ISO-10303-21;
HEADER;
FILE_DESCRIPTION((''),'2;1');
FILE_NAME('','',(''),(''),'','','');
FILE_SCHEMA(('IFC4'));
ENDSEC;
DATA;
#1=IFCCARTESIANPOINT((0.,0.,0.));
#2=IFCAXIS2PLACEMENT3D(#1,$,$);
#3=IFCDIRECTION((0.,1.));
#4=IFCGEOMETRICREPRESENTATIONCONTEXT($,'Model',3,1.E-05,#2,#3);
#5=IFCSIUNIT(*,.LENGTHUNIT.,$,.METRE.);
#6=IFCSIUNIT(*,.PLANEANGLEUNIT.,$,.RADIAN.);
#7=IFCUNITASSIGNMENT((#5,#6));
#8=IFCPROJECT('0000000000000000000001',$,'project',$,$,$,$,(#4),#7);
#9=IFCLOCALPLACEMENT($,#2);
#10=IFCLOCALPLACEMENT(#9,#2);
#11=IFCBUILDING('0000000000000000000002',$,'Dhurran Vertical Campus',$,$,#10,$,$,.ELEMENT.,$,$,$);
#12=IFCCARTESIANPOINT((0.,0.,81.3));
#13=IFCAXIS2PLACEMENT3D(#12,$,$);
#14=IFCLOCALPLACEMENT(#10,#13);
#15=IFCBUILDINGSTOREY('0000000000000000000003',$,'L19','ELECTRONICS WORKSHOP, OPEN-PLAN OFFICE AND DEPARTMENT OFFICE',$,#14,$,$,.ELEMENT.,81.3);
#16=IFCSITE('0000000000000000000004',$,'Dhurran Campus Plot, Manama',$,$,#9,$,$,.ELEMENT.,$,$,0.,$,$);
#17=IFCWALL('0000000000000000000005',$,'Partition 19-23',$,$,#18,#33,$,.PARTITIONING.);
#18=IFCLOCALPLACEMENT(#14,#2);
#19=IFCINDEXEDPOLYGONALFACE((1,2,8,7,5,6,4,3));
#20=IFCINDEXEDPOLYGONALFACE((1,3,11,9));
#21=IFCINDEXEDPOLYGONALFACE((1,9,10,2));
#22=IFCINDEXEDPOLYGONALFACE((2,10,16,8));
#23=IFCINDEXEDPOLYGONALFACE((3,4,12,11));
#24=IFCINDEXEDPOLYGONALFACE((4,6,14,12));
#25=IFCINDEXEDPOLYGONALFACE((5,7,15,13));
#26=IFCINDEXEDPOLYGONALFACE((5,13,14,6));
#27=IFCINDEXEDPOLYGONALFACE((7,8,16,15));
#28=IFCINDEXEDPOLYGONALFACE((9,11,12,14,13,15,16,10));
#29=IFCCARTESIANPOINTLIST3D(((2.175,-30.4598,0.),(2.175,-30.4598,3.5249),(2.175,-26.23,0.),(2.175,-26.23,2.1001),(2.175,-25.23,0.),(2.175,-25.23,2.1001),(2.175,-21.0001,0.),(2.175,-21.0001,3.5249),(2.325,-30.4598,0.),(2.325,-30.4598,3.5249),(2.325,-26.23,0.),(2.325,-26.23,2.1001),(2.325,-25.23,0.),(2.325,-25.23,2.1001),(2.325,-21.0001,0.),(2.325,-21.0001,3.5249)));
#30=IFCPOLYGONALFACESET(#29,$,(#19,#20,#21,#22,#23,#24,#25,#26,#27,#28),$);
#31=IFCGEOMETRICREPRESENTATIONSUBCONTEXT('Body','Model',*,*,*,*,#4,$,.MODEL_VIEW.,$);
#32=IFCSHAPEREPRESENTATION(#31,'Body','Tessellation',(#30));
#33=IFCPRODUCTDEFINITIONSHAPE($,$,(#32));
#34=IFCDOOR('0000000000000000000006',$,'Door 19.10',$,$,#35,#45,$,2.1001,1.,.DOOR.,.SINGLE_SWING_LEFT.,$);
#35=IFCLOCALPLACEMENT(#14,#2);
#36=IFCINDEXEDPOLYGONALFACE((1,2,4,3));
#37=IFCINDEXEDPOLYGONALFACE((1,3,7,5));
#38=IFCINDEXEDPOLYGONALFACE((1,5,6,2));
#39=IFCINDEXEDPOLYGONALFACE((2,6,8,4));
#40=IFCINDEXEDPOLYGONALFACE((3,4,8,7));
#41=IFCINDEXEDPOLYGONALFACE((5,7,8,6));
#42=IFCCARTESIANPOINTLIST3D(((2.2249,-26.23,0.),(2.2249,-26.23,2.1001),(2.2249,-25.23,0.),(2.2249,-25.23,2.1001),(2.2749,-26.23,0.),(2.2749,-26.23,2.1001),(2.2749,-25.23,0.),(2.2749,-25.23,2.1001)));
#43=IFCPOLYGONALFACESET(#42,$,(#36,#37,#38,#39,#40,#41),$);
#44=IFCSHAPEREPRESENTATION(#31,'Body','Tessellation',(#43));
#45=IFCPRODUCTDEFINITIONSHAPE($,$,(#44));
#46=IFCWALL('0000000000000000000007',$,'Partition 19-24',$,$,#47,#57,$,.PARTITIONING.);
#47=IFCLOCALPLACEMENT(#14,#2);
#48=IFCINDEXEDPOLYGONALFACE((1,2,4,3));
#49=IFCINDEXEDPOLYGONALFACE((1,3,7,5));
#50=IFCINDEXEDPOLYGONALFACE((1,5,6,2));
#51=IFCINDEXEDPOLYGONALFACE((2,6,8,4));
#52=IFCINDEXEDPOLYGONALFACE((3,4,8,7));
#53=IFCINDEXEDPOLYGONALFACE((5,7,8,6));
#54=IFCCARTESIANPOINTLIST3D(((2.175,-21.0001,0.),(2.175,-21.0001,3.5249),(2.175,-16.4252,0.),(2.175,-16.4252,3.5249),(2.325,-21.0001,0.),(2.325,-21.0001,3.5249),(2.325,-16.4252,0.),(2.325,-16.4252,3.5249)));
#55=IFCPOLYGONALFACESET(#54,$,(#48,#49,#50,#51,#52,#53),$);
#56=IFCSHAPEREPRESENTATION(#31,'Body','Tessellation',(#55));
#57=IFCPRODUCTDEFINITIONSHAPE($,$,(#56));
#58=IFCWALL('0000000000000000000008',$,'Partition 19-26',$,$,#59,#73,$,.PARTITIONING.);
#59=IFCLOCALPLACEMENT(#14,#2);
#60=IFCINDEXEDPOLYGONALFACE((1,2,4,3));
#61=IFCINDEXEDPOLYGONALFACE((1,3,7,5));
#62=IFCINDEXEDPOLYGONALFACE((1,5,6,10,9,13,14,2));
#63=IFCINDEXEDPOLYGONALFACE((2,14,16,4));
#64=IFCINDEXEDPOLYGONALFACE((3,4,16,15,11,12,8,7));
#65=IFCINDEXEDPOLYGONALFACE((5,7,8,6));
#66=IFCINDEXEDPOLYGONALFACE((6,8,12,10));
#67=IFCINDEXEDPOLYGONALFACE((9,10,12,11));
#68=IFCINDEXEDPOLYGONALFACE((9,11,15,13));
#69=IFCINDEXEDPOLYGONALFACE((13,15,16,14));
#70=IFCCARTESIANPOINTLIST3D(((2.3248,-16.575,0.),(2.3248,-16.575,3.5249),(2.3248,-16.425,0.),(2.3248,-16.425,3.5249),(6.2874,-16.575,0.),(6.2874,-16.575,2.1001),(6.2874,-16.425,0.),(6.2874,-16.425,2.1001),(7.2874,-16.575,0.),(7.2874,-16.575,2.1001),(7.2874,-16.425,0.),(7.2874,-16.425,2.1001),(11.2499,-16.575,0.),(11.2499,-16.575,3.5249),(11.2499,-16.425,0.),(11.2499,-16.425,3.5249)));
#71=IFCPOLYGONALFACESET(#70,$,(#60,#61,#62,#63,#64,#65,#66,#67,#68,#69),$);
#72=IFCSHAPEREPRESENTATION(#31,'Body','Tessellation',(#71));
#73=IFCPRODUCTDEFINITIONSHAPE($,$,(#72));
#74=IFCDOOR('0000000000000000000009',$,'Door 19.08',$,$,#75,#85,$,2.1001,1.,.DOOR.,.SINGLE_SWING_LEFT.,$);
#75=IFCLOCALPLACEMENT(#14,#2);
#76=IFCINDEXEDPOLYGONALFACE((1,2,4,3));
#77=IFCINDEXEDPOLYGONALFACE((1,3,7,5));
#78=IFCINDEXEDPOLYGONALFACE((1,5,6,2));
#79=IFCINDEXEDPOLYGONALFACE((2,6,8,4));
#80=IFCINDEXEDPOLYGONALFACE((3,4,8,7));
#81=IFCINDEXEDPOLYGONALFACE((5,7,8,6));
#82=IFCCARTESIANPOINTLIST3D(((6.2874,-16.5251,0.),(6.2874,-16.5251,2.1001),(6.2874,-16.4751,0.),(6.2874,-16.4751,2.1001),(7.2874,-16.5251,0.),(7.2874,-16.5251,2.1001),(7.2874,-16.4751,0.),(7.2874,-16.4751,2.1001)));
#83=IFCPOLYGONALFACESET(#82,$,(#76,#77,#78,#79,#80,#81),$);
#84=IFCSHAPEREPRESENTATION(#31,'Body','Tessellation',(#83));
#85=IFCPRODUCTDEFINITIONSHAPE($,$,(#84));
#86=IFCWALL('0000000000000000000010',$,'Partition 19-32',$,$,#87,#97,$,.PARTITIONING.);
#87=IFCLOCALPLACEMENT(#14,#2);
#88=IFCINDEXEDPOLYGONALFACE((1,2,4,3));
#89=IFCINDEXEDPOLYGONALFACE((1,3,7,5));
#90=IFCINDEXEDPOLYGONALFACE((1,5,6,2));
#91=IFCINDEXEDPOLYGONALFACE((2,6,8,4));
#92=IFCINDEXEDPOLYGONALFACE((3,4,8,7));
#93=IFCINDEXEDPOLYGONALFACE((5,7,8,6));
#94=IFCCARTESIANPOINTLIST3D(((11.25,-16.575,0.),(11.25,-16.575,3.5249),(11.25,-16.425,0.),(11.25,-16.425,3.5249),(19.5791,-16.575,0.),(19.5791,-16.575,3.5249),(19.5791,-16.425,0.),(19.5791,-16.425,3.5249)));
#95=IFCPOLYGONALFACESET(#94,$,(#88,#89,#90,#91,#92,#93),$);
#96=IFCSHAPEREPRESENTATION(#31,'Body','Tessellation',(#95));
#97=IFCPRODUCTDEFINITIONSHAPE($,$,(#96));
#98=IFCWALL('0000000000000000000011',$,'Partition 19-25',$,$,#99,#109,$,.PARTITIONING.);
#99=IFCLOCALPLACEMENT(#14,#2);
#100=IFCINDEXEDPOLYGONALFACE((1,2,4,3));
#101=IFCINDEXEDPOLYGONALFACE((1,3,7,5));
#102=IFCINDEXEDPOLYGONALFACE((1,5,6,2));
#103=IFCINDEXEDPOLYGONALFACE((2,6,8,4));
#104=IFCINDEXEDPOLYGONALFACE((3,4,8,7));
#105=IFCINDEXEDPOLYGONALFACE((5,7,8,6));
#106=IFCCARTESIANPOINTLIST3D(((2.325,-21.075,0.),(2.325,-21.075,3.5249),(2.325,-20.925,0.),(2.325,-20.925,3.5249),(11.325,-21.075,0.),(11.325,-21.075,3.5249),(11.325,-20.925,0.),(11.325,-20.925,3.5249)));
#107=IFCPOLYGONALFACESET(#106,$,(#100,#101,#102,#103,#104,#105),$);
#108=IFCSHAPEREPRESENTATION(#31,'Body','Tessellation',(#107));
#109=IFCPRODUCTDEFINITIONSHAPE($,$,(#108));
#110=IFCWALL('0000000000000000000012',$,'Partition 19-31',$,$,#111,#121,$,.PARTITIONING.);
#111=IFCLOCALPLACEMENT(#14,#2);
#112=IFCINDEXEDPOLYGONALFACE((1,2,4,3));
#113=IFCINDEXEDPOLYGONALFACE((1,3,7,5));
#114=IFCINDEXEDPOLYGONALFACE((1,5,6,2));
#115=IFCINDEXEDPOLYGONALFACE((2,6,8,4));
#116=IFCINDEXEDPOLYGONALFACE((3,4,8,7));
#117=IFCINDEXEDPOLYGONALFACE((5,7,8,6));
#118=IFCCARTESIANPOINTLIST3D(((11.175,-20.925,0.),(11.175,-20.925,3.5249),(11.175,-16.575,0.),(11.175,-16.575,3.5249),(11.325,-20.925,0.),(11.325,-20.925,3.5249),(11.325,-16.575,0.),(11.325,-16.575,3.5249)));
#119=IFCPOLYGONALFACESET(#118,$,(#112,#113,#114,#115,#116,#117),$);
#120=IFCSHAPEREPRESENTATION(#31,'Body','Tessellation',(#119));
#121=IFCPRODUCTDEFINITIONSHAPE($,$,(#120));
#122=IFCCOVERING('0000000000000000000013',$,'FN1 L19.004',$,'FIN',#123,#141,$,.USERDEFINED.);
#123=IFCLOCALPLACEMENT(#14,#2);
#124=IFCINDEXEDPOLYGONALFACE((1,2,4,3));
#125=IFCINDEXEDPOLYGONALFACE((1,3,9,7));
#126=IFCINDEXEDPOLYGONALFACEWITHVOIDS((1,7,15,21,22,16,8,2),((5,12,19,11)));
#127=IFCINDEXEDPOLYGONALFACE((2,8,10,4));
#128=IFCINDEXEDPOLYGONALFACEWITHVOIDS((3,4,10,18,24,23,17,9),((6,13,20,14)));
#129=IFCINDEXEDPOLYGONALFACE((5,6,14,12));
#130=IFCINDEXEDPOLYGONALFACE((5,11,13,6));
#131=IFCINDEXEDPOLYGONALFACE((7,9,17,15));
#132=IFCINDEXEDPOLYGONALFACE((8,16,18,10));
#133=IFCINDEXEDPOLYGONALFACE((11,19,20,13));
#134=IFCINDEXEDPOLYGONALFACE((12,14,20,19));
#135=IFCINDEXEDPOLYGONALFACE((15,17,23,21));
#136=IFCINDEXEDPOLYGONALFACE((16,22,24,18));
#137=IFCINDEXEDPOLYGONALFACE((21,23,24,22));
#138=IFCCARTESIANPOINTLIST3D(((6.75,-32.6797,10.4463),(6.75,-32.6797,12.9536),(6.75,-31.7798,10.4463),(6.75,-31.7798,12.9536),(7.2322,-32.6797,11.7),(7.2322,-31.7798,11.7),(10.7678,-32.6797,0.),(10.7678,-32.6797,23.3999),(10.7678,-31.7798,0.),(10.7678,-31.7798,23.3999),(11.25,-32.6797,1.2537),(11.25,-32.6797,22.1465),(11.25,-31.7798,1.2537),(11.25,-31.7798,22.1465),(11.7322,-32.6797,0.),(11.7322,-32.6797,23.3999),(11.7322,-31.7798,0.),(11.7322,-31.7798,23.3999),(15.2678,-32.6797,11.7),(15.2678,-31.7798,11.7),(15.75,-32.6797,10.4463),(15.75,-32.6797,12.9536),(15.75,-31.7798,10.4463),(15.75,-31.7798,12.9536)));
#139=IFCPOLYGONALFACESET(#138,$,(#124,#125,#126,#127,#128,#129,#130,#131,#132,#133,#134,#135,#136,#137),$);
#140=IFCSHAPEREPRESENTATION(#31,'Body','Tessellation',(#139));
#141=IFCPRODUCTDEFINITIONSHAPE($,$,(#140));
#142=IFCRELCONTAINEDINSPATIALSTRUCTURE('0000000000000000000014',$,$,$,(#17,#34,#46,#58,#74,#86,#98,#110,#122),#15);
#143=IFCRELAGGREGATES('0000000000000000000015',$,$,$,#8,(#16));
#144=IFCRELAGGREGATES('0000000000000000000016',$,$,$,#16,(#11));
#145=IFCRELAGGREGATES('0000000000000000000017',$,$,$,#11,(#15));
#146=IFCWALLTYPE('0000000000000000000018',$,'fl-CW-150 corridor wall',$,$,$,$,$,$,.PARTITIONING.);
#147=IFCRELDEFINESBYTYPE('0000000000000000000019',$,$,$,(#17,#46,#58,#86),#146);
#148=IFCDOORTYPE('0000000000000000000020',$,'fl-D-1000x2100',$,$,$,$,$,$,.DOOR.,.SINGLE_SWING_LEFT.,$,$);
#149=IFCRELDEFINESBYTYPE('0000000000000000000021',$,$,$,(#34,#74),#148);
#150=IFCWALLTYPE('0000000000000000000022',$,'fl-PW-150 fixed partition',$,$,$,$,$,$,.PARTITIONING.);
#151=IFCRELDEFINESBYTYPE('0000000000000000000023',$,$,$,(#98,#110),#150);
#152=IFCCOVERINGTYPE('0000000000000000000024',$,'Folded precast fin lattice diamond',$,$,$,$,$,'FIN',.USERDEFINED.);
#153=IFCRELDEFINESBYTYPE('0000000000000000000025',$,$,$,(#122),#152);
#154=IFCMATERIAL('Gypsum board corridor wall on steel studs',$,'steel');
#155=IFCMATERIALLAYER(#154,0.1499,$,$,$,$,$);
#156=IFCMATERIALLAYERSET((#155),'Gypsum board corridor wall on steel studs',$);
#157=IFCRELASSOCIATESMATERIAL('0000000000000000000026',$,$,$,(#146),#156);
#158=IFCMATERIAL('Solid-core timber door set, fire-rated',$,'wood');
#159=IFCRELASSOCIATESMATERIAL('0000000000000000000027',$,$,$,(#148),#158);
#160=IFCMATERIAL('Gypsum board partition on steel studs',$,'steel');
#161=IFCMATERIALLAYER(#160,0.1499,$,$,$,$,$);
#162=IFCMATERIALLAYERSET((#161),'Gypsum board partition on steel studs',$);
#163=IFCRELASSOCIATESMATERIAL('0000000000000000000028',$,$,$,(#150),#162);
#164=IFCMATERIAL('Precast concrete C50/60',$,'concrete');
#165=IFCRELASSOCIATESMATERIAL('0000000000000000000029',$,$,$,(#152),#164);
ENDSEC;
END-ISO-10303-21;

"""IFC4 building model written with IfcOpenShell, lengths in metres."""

from ifc_helpers import new_model, si_unit, direction, frame, frame_2d, origin, place, context, subcontext, project, spatial, polyline, rectangle, outline, extrude, material, layer, layer_set, type_object, element, fill, save


model = new_model("IFC4")

# Units and contexts
model_context = context("Model", 3, precision=1e-05, world=origin(), true_north=direction((0.0, 1.0)))
body_context = subcontext(model_context, "Body", "Model", "MODEL_VIEW")
ifc_project = project(units=[si_unit("LENGTHUNIT", "METRE"), si_unit("PLANEANGLEUNIT", "RADIAN")], contexts=[model_context])

# Site, building, storey
site_placement = place(None, origin())
site = spatial("IfcSite", under=ifc_project, at=site_placement, Name="Dhurran Campus Plot, Manama", CompositionType="ELEMENT", RefElevation=0.0)
building_placement = place(site_placement, origin())
building = spatial("IfcBuilding", under=site, at=building_placement, Name="Dhurran Vertical Campus", CompositionType="ELEMENT")
storey_placement = place(building_placement, frame((0.0, 0.0, 81.3)))
storey = spatial("IfcBuildingStorey", under=building, at=storey_placement, Name="L19", Description="ELECTRONICS WORKSHOP, OPEN-PLAN OFFICE AND DEPARTMENT OFFICE", CompositionType="ELEMENT", Elevation=81.3)

# Wall, opening, door
ifc_material_1 = material(Name="Gypsum board corridor wall on steel studs", Category="steel")
ifc_layer_1 = layer(ifc_material_1, 0.1499)
ifc_layer_set_1 = layer_set([ifc_layer_1], Name="Gypsum board corridor wall on steel studs")
wall_type_1 = type_object("IfcWallType", Name="fl-CW-150 corridor wall", PredefinedType="PARTITIONING", material=ifc_layer_set_1)
wall_1_placement = place(storey_placement, frame((2.25, -21.0, 0.0), z_axis=(0.0, 0.0, 1.0), x_axis=(0.0, -1.0, 0.0)))
wall_1 = element("IfcWall", 1, at=wall_1_placement, inside=storey, type_object=wall_type_1, Name="Partition 19-23", PredefinedType="PARTITIONING", context=body_context, shape_type="SweptSolid", body=[
    extrude(rectangle(XDim=9.4597, YDim=0.1499, at=frame_2d((4.73, 0.0))), origin(), (0.0, 0.0, 1.0), 3.5249),
])
opening_1_placement = place(wall_1_placement, frame((4.23, 0.0, 0.0)))
opening_1 = element("IfcOpeningElement", 2, at=opening_1_placement, cuts=wall_1, PredefinedType="OPENING", context=body_context, shape_type="SweptSolid", body=[
    extrude(rectangle(XDim=1.0, YDim=2.1001, at=frame_2d((0.5, 1.05))), frame((0.0, 0.085, 0.0), z_axis=(0.0, -1.0, 0.0), x_axis=(1.0, 0.0, 0.0)), (0.0, 0.0, 1.0), 0.1699),
])
ifc_material_2 = material(Name="Solid-core timber door set, fire-rated", Category="wood")
door_type_1 = type_object("IfcDoorType", Name="fl-D-1000x2100", OperationType="SINGLE_SWING_LEFT", PredefinedType="DOOR", material=ifc_material_2)
door_1_placement = place(opening_1_placement, origin())
door_1 = element("IfcDoor", 3, at=door_1_placement, inside=storey, type_object=door_type_1, Name="Door 19.10", OperationType="SINGLE_SWING_LEFT", OverallHeight=2.1001, OverallWidth=1.0, PredefinedType="DOOR", context=body_context, shape_type="SweptSolid", body=[
    extrude(rectangle(XDim=1.0, YDim=2.1001, at=frame_2d((0.5, 1.05))), frame((0.0, 0.0249, 0.0), z_axis=(0.0, -1.0, 0.0), x_axis=(1.0, 0.0, 0.0)), (0.0, 0.0, 1.0), 0.05),
])
fill(opening_1, door_1)

# Wall
wall_2_placement = place(storey_placement, frame((2.25, -16.425, 0.0), z_axis=(0.0, 0.0, 1.0), x_axis=(0.0, -1.0, 0.0)))
element("IfcWall", 4, at=wall_2_placement, inside=storey, type_object=wall_type_1, Name="Partition 19-24", PredefinedType="PARTITIONING", context=body_context, shape_type="SweptSolid", body=[
    extrude(rectangle(XDim=4.575, YDim=0.1499, at=frame_2d((2.2876, 0.0))), origin(), (0.0, 0.0, 1.0), 3.5249),
])

# Wall, opening, door
wall_3_placement = place(storey_placement, frame((2.325, -16.5, 0.0), z_axis=(0.0, 0.0, 1.0), x_axis=(1.0, 0.0, 0.0)))
wall_3 = element("IfcWall", 5, at=wall_3_placement, inside=storey, type_object=wall_type_1, Name="Partition 19-26", PredefinedType="PARTITIONING", context=body_context, shape_type="SweptSolid", body=[
    extrude(rectangle(XDim=8.925, YDim=0.1499, at=frame_2d((4.4624, 0.0))), origin(), (0.0, 0.0, 1.0), 3.5249),
])
opening_2_placement = place(wall_3_placement, frame((3.9624, 0.0, 0.0)))
opening_2 = element("IfcOpeningElement", 6, at=opening_2_placement, cuts=wall_3, PredefinedType="OPENING", context=body_context, shape_type="SweptSolid", body=[
    extrude(rectangle(XDim=1.0, YDim=2.1001, at=frame_2d((0.5, 1.05))), frame((0.0, 0.085, 0.0), z_axis=(0.0, -1.0, 0.0), x_axis=(1.0, 0.0, 0.0)), (0.0, 0.0, 1.0), 0.1699),
])
door_2_placement = place(opening_2_placement, origin())
door_2 = element("IfcDoor", 7, at=door_2_placement, inside=storey, type_object=door_type_1, Name="Door 19.08", OperationType="SINGLE_SWING_LEFT", OverallHeight=2.1001, OverallWidth=1.0, PredefinedType="DOOR", context=body_context, shape_type="SweptSolid", body=[
    extrude(rectangle(XDim=1.0, YDim=2.1001, at=frame_2d((0.5, 1.05))), frame((0.0, 0.0249, 0.0), z_axis=(0.0, -1.0, 0.0), x_axis=(1.0, 0.0, 0.0)), (0.0, 0.0, 1.0), 0.05),
])
fill(opening_2, door_2)

# Walls
wall_4_placement = place(storey_placement, frame((11.25, -16.5, 0.0), z_axis=(0.0, 0.0, 1.0), x_axis=(1.0, 0.0, 0.0)))
element("IfcWall", 8, at=wall_4_placement, inside=storey, type_object=wall_type_1, Name="Partition 19-32", PredefinedType="PARTITIONING", context=body_context, shape_type="SweptSolid", body=[
    extrude(rectangle(XDim=8.3291, YDim=0.1499, at=frame_2d((4.1646, 0.0))), origin(), (0.0, 0.0, 1.0), 3.5249),
])
ifc_material_3 = material(Name="Gypsum board partition on steel studs", Category="steel")
ifc_layer_2 = layer(ifc_material_3, 0.1499)
ifc_layer_set_2 = layer_set([ifc_layer_2], Name="Gypsum board partition on steel studs")
wall_type_2 = type_object("IfcWallType", Name="fl-PW-150 fixed partition", PredefinedType="PARTITIONING", material=ifc_layer_set_2)
wall_5_placement = place(storey_placement, frame((11.325, -21.0, 0.0), z_axis=(0.0, 0.0, 1.0), x_axis=(-1.0, 0.0, 0.0)))
element("IfcWall", 9, at=wall_5_placement, inside=storey, type_object=wall_type_2, Name="Partition 19-25", PredefinedType="PARTITIONING", context=body_context, shape_type="SweptSolid", body=[
    extrude(rectangle(XDim=9.0, YDim=0.1499, at=frame_2d((4.5, 0.0))), origin(), (0.0, 0.0, 1.0), 3.5249),
])
wall_6_placement = place(storey_placement, frame((11.25, -16.575, 0.0), z_axis=(0.0, 0.0, 1.0), x_axis=(0.0, -1.0, 0.0)))
element("IfcWall", 10, at=wall_6_placement, inside=storey, type_object=wall_type_2, Name="Partition 19-31", PredefinedType="PARTITIONING", context=body_context, shape_type="SweptSolid", body=[
    extrude(rectangle(XDim=4.3501, YDim=0.1499, at=frame_2d((2.175, 0.0))), origin(), (0.0, 0.0, 1.0), 3.5249),
])

# Covering
ifc_material_4 = material(Name="Precast concrete C50/60", Category="concrete")
covering_type = type_object("IfcCoveringType", Name="Folded precast fin lattice diamond", ElementType="FIN", PredefinedType="USERDEFINED", material=ifc_material_4)
covering_placement = place(storey_placement, frame((6.75, -31.7798, 0.0), z_axis=(0.0, -1.0, 0.0), x_axis=(1.0, 0.0, 0.0)))
element("IfcCovering", 11, at=covering_placement, inside=storey, type_object=covering_type, Name="FN1 L19.004", ObjectType="FIN", PredefinedType="USERDEFINED", context=body_context, shape_type="SweptSolid", body=[
    extrude(outline(polyline([(9.0, 12.9536), (9.0, 10.4463), (4.9822, 0.0), (4.0178, 0.0), (0.0, 10.4463), (0.0, 12.9536), (4.0178, 23.3999), (4.9822, 23.3999), (9.0, 12.9536)]), holes=[polyline([(8.5178, 11.7), (4.5, 22.1465), (0.4822, 11.7), (4.5, 1.2537), (8.5178, 11.7)])]), origin(), (0.0, 0.0, 1.0), 0.8999),
])

save(model, "model.ifc")
